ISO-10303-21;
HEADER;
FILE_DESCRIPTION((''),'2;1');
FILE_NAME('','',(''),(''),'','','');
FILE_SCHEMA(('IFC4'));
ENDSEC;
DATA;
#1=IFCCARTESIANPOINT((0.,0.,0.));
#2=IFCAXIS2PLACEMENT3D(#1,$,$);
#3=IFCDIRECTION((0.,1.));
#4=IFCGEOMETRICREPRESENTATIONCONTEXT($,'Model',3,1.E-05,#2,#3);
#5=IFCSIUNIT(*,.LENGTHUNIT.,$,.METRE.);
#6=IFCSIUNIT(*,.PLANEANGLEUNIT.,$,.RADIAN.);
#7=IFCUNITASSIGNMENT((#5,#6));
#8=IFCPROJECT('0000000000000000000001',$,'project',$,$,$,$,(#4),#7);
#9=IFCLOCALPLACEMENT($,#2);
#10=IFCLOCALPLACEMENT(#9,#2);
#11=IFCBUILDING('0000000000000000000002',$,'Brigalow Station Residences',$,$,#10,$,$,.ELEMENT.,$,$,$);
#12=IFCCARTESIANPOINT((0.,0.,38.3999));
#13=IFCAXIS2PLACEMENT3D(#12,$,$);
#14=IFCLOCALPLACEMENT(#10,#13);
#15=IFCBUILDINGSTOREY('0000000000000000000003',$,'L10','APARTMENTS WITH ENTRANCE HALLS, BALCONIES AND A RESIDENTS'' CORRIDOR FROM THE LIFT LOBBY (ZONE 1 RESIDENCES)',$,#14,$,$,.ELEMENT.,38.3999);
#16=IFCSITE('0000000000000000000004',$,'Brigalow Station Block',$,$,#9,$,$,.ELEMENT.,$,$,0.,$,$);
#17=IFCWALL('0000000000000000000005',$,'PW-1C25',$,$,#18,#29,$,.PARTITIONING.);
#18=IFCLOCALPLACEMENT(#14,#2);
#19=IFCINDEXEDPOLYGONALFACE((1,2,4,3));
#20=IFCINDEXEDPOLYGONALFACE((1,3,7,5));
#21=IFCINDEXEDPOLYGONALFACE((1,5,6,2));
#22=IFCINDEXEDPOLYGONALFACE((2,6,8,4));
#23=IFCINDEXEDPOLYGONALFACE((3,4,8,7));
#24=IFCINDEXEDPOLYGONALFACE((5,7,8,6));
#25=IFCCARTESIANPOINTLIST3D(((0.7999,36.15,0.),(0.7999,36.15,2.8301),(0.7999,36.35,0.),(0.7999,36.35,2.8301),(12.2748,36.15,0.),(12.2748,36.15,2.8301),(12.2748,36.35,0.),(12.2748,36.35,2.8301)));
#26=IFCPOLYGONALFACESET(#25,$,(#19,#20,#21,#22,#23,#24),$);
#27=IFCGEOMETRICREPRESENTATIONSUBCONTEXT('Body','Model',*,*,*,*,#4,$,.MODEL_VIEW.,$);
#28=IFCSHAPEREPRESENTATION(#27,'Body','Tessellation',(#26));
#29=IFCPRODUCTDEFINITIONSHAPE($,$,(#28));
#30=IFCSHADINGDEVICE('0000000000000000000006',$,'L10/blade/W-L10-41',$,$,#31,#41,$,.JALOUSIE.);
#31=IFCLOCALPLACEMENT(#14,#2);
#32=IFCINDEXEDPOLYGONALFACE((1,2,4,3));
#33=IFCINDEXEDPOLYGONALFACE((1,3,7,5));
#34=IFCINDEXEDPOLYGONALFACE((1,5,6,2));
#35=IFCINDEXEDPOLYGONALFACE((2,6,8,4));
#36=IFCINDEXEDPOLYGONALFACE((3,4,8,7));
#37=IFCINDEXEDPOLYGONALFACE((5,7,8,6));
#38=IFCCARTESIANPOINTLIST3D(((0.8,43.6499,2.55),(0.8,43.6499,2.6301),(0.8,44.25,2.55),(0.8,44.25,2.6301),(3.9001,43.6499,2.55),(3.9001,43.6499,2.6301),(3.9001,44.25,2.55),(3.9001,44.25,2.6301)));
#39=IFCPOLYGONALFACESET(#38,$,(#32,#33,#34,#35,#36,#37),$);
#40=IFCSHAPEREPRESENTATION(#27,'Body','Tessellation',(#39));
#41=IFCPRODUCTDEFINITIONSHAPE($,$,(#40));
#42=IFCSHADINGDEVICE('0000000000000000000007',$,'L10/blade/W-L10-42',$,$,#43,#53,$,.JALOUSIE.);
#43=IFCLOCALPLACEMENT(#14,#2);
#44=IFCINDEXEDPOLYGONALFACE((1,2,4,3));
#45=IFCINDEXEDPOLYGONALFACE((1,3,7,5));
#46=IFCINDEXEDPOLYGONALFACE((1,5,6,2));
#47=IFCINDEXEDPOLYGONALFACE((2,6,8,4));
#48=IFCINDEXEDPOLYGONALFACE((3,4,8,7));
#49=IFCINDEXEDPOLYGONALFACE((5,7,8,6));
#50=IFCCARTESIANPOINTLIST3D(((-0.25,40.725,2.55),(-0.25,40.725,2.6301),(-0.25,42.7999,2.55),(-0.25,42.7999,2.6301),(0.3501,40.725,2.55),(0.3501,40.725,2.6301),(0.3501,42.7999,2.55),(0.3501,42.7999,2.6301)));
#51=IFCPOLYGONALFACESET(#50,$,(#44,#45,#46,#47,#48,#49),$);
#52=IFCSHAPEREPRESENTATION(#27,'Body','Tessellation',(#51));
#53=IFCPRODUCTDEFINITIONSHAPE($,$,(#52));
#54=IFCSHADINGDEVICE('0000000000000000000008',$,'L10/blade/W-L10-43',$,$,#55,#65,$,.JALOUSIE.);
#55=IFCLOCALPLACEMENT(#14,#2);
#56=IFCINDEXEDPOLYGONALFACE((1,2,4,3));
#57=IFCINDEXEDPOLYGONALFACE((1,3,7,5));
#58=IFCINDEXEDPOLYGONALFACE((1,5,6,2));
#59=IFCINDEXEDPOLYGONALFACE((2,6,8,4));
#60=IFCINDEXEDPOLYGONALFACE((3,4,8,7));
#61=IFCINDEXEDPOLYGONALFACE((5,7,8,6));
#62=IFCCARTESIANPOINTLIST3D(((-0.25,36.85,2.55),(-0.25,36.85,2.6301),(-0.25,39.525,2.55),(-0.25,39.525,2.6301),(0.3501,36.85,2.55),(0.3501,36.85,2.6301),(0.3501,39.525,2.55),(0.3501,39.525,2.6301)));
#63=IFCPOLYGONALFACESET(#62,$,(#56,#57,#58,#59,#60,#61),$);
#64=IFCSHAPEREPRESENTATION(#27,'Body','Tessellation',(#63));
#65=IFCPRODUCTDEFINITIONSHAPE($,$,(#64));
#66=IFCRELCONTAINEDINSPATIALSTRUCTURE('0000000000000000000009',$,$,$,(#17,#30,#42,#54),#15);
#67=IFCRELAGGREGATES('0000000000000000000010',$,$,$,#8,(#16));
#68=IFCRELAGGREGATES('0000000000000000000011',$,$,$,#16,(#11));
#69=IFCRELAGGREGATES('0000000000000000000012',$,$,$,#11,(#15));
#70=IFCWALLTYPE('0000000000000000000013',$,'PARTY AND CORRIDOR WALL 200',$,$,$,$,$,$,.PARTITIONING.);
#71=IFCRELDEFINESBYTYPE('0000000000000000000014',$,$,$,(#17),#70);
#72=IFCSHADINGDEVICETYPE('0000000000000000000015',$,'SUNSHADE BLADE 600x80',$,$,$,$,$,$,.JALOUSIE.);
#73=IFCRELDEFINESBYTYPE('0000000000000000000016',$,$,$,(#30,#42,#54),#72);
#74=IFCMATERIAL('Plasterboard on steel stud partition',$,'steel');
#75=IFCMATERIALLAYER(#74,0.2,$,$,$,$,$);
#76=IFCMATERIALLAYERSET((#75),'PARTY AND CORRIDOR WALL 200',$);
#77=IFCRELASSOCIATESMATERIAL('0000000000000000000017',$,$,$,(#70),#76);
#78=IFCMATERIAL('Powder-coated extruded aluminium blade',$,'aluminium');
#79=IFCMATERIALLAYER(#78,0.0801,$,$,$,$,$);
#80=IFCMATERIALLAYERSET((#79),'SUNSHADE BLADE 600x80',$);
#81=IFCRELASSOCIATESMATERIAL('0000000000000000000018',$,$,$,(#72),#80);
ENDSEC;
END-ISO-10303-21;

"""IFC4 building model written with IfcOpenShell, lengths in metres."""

from ifc_helpers import new_model, si_unit, direction, frame, frame_2d, origin, origin_2d, place, context, subcontext, project, spatial, rectangle, extrude, material, layer, layer_set, type_object, element, save


model = new_model("IFC4")

# Units and contexts
model_context = context("Model", 3, precision=1e-05, world=origin(), true_north=direction((0.0, 1.0)))
body_context = subcontext(model_context, "Body", "Model", "MODEL_VIEW")
ifc_project = project(units=[si_unit("LENGTHUNIT", "METRE"), si_unit("PLANEANGLEUNIT", "RADIAN")], contexts=[model_context])

# Site, building, storey
site_placement = place(None, origin())
site = spatial("IfcSite", under=ifc_project, at=site_placement, Name="Brigalow Station Block", CompositionType="ELEMENT", RefElevation=0.0)
building_placement = place(site_placement, origin())
building = spatial("IfcBuilding", under=site, at=building_placement, Name="Brigalow Station Residences", CompositionType="ELEMENT")
storey_placement = place(building_placement, frame((0.0, 0.0, 38.3999)))
storey = spatial("IfcBuildingStorey", under=building, at=storey_placement, Name="L10", Description="APARTMENTS WITH ENTRANCE HALLS, BALCONIES AND A RESIDENTS' CORRIDOR FROM THE LIFT LOBBY (ZONE 1 RESIDENCES)", CompositionType="ELEMENT", Elevation=38.3999)

# Wall
ifc_material_1 = material(Name="Plasterboard on steel stud partition", Category="steel")
ifc_layer_1 = layer(ifc_material_1, 0.2)
ifc_layer_set_1 = layer_set([ifc_layer_1], Name="PARTY AND CORRIDOR WALL 200")
wall_type_1 = type_object("IfcWallType", Name="PARTY AND CORRIDOR WALL 200", PredefinedType="PARTITIONING", material=ifc_layer_set_1)
wall_1_placement = place(storey_placement, frame((0.8, 36.25, 0.0), z_axis=(0.0, 0.0, 1.0), x_axis=(1.0, 0.0, 0.0)))
element("IfcWall", 1, at=wall_1_placement, inside=storey, type_object=wall_type_1, Name="PW-1C25", PredefinedType="PARTITIONING", context=body_context, shape_type="SweptSolid", body=[
    extrude(rectangle(XDim=11.4749, YDim=0.2, at=frame_2d((5.7373, 0.0))), origin(), (0.0, 0.0, 1.0), 2.8301),
])

# Shading devices
ifc_material_2 = material(Name="Powder-coated extruded aluminium blade", Category="aluminium")
ifc_layer_2 = layer(ifc_material_2, 0.0801)
ifc_layer_set_2 = layer_set([ifc_layer_2], Name="SUNSHADE BLADE 600x80")
shading_device_type = type_object("IfcShadingDeviceType", Name="SUNSHADE BLADE 600x80", PredefinedType="JALOUSIE", material=ifc_layer_set_2)
shading_device_1_placement = place(storey_placement, frame((2.3501, 43.95, 2.55), z_axis=(0.0, 0.0, 1.0), x_axis=(-1.0, 0.0, 0.0)))
element("IfcShadingDevice", 2, at=shading_device_1_placement, inside=storey, type_object=shading_device_type, Name="L10/blade/W-L10-41", PredefinedType="JALOUSIE", context=body_context, shape_type="SweptSolid", body=[
    extrude(rectangle(XDim=3.1001, YDim=0.6001, at=origin_2d()), origin(), (0.0, 0.0, 1.0), 0.0801),
])
shading_device_2_placement = place(storey_placement, frame((0.05, 41.7625, 2.55), z_axis=(0.0, 0.0, 1.0), x_axis=(0.0, -1.0, 0.0)))
element("IfcShadingDevice", 3, at=shading_device_2_placement, inside=storey, type_object=shading_device_type, Name="L10/blade/W-L10-42", PredefinedType="JALOUSIE", context=body_context, shape_type="SweptSolid", body=[
    extrude(rectangle(XDim=2.075, YDim=0.6001, at=origin_2d()), origin(), (0.0, 0.0, 1.0), 0.0801),
])
shading_device_3_placement = place(storey_placement, frame((0.05, 38.1875, 2.55), z_axis=(0.0, 0.0, 1.0), x_axis=(0.0, -1.0, 0.0)))
element("IfcShadingDevice", 4, at=shading_device_3_placement, inside=storey, type_object=shading_device_type, Name="L10/blade/W-L10-43", PredefinedType="JALOUSIE", context=body_context, shape_type="SweptSolid", body=[
    extrude(rectangle(XDim=2.675, YDim=0.6001, at=origin_2d()), origin(), (0.0, 0.0, 1.0), 0.0801),
])

save(model, "model.ifc")
